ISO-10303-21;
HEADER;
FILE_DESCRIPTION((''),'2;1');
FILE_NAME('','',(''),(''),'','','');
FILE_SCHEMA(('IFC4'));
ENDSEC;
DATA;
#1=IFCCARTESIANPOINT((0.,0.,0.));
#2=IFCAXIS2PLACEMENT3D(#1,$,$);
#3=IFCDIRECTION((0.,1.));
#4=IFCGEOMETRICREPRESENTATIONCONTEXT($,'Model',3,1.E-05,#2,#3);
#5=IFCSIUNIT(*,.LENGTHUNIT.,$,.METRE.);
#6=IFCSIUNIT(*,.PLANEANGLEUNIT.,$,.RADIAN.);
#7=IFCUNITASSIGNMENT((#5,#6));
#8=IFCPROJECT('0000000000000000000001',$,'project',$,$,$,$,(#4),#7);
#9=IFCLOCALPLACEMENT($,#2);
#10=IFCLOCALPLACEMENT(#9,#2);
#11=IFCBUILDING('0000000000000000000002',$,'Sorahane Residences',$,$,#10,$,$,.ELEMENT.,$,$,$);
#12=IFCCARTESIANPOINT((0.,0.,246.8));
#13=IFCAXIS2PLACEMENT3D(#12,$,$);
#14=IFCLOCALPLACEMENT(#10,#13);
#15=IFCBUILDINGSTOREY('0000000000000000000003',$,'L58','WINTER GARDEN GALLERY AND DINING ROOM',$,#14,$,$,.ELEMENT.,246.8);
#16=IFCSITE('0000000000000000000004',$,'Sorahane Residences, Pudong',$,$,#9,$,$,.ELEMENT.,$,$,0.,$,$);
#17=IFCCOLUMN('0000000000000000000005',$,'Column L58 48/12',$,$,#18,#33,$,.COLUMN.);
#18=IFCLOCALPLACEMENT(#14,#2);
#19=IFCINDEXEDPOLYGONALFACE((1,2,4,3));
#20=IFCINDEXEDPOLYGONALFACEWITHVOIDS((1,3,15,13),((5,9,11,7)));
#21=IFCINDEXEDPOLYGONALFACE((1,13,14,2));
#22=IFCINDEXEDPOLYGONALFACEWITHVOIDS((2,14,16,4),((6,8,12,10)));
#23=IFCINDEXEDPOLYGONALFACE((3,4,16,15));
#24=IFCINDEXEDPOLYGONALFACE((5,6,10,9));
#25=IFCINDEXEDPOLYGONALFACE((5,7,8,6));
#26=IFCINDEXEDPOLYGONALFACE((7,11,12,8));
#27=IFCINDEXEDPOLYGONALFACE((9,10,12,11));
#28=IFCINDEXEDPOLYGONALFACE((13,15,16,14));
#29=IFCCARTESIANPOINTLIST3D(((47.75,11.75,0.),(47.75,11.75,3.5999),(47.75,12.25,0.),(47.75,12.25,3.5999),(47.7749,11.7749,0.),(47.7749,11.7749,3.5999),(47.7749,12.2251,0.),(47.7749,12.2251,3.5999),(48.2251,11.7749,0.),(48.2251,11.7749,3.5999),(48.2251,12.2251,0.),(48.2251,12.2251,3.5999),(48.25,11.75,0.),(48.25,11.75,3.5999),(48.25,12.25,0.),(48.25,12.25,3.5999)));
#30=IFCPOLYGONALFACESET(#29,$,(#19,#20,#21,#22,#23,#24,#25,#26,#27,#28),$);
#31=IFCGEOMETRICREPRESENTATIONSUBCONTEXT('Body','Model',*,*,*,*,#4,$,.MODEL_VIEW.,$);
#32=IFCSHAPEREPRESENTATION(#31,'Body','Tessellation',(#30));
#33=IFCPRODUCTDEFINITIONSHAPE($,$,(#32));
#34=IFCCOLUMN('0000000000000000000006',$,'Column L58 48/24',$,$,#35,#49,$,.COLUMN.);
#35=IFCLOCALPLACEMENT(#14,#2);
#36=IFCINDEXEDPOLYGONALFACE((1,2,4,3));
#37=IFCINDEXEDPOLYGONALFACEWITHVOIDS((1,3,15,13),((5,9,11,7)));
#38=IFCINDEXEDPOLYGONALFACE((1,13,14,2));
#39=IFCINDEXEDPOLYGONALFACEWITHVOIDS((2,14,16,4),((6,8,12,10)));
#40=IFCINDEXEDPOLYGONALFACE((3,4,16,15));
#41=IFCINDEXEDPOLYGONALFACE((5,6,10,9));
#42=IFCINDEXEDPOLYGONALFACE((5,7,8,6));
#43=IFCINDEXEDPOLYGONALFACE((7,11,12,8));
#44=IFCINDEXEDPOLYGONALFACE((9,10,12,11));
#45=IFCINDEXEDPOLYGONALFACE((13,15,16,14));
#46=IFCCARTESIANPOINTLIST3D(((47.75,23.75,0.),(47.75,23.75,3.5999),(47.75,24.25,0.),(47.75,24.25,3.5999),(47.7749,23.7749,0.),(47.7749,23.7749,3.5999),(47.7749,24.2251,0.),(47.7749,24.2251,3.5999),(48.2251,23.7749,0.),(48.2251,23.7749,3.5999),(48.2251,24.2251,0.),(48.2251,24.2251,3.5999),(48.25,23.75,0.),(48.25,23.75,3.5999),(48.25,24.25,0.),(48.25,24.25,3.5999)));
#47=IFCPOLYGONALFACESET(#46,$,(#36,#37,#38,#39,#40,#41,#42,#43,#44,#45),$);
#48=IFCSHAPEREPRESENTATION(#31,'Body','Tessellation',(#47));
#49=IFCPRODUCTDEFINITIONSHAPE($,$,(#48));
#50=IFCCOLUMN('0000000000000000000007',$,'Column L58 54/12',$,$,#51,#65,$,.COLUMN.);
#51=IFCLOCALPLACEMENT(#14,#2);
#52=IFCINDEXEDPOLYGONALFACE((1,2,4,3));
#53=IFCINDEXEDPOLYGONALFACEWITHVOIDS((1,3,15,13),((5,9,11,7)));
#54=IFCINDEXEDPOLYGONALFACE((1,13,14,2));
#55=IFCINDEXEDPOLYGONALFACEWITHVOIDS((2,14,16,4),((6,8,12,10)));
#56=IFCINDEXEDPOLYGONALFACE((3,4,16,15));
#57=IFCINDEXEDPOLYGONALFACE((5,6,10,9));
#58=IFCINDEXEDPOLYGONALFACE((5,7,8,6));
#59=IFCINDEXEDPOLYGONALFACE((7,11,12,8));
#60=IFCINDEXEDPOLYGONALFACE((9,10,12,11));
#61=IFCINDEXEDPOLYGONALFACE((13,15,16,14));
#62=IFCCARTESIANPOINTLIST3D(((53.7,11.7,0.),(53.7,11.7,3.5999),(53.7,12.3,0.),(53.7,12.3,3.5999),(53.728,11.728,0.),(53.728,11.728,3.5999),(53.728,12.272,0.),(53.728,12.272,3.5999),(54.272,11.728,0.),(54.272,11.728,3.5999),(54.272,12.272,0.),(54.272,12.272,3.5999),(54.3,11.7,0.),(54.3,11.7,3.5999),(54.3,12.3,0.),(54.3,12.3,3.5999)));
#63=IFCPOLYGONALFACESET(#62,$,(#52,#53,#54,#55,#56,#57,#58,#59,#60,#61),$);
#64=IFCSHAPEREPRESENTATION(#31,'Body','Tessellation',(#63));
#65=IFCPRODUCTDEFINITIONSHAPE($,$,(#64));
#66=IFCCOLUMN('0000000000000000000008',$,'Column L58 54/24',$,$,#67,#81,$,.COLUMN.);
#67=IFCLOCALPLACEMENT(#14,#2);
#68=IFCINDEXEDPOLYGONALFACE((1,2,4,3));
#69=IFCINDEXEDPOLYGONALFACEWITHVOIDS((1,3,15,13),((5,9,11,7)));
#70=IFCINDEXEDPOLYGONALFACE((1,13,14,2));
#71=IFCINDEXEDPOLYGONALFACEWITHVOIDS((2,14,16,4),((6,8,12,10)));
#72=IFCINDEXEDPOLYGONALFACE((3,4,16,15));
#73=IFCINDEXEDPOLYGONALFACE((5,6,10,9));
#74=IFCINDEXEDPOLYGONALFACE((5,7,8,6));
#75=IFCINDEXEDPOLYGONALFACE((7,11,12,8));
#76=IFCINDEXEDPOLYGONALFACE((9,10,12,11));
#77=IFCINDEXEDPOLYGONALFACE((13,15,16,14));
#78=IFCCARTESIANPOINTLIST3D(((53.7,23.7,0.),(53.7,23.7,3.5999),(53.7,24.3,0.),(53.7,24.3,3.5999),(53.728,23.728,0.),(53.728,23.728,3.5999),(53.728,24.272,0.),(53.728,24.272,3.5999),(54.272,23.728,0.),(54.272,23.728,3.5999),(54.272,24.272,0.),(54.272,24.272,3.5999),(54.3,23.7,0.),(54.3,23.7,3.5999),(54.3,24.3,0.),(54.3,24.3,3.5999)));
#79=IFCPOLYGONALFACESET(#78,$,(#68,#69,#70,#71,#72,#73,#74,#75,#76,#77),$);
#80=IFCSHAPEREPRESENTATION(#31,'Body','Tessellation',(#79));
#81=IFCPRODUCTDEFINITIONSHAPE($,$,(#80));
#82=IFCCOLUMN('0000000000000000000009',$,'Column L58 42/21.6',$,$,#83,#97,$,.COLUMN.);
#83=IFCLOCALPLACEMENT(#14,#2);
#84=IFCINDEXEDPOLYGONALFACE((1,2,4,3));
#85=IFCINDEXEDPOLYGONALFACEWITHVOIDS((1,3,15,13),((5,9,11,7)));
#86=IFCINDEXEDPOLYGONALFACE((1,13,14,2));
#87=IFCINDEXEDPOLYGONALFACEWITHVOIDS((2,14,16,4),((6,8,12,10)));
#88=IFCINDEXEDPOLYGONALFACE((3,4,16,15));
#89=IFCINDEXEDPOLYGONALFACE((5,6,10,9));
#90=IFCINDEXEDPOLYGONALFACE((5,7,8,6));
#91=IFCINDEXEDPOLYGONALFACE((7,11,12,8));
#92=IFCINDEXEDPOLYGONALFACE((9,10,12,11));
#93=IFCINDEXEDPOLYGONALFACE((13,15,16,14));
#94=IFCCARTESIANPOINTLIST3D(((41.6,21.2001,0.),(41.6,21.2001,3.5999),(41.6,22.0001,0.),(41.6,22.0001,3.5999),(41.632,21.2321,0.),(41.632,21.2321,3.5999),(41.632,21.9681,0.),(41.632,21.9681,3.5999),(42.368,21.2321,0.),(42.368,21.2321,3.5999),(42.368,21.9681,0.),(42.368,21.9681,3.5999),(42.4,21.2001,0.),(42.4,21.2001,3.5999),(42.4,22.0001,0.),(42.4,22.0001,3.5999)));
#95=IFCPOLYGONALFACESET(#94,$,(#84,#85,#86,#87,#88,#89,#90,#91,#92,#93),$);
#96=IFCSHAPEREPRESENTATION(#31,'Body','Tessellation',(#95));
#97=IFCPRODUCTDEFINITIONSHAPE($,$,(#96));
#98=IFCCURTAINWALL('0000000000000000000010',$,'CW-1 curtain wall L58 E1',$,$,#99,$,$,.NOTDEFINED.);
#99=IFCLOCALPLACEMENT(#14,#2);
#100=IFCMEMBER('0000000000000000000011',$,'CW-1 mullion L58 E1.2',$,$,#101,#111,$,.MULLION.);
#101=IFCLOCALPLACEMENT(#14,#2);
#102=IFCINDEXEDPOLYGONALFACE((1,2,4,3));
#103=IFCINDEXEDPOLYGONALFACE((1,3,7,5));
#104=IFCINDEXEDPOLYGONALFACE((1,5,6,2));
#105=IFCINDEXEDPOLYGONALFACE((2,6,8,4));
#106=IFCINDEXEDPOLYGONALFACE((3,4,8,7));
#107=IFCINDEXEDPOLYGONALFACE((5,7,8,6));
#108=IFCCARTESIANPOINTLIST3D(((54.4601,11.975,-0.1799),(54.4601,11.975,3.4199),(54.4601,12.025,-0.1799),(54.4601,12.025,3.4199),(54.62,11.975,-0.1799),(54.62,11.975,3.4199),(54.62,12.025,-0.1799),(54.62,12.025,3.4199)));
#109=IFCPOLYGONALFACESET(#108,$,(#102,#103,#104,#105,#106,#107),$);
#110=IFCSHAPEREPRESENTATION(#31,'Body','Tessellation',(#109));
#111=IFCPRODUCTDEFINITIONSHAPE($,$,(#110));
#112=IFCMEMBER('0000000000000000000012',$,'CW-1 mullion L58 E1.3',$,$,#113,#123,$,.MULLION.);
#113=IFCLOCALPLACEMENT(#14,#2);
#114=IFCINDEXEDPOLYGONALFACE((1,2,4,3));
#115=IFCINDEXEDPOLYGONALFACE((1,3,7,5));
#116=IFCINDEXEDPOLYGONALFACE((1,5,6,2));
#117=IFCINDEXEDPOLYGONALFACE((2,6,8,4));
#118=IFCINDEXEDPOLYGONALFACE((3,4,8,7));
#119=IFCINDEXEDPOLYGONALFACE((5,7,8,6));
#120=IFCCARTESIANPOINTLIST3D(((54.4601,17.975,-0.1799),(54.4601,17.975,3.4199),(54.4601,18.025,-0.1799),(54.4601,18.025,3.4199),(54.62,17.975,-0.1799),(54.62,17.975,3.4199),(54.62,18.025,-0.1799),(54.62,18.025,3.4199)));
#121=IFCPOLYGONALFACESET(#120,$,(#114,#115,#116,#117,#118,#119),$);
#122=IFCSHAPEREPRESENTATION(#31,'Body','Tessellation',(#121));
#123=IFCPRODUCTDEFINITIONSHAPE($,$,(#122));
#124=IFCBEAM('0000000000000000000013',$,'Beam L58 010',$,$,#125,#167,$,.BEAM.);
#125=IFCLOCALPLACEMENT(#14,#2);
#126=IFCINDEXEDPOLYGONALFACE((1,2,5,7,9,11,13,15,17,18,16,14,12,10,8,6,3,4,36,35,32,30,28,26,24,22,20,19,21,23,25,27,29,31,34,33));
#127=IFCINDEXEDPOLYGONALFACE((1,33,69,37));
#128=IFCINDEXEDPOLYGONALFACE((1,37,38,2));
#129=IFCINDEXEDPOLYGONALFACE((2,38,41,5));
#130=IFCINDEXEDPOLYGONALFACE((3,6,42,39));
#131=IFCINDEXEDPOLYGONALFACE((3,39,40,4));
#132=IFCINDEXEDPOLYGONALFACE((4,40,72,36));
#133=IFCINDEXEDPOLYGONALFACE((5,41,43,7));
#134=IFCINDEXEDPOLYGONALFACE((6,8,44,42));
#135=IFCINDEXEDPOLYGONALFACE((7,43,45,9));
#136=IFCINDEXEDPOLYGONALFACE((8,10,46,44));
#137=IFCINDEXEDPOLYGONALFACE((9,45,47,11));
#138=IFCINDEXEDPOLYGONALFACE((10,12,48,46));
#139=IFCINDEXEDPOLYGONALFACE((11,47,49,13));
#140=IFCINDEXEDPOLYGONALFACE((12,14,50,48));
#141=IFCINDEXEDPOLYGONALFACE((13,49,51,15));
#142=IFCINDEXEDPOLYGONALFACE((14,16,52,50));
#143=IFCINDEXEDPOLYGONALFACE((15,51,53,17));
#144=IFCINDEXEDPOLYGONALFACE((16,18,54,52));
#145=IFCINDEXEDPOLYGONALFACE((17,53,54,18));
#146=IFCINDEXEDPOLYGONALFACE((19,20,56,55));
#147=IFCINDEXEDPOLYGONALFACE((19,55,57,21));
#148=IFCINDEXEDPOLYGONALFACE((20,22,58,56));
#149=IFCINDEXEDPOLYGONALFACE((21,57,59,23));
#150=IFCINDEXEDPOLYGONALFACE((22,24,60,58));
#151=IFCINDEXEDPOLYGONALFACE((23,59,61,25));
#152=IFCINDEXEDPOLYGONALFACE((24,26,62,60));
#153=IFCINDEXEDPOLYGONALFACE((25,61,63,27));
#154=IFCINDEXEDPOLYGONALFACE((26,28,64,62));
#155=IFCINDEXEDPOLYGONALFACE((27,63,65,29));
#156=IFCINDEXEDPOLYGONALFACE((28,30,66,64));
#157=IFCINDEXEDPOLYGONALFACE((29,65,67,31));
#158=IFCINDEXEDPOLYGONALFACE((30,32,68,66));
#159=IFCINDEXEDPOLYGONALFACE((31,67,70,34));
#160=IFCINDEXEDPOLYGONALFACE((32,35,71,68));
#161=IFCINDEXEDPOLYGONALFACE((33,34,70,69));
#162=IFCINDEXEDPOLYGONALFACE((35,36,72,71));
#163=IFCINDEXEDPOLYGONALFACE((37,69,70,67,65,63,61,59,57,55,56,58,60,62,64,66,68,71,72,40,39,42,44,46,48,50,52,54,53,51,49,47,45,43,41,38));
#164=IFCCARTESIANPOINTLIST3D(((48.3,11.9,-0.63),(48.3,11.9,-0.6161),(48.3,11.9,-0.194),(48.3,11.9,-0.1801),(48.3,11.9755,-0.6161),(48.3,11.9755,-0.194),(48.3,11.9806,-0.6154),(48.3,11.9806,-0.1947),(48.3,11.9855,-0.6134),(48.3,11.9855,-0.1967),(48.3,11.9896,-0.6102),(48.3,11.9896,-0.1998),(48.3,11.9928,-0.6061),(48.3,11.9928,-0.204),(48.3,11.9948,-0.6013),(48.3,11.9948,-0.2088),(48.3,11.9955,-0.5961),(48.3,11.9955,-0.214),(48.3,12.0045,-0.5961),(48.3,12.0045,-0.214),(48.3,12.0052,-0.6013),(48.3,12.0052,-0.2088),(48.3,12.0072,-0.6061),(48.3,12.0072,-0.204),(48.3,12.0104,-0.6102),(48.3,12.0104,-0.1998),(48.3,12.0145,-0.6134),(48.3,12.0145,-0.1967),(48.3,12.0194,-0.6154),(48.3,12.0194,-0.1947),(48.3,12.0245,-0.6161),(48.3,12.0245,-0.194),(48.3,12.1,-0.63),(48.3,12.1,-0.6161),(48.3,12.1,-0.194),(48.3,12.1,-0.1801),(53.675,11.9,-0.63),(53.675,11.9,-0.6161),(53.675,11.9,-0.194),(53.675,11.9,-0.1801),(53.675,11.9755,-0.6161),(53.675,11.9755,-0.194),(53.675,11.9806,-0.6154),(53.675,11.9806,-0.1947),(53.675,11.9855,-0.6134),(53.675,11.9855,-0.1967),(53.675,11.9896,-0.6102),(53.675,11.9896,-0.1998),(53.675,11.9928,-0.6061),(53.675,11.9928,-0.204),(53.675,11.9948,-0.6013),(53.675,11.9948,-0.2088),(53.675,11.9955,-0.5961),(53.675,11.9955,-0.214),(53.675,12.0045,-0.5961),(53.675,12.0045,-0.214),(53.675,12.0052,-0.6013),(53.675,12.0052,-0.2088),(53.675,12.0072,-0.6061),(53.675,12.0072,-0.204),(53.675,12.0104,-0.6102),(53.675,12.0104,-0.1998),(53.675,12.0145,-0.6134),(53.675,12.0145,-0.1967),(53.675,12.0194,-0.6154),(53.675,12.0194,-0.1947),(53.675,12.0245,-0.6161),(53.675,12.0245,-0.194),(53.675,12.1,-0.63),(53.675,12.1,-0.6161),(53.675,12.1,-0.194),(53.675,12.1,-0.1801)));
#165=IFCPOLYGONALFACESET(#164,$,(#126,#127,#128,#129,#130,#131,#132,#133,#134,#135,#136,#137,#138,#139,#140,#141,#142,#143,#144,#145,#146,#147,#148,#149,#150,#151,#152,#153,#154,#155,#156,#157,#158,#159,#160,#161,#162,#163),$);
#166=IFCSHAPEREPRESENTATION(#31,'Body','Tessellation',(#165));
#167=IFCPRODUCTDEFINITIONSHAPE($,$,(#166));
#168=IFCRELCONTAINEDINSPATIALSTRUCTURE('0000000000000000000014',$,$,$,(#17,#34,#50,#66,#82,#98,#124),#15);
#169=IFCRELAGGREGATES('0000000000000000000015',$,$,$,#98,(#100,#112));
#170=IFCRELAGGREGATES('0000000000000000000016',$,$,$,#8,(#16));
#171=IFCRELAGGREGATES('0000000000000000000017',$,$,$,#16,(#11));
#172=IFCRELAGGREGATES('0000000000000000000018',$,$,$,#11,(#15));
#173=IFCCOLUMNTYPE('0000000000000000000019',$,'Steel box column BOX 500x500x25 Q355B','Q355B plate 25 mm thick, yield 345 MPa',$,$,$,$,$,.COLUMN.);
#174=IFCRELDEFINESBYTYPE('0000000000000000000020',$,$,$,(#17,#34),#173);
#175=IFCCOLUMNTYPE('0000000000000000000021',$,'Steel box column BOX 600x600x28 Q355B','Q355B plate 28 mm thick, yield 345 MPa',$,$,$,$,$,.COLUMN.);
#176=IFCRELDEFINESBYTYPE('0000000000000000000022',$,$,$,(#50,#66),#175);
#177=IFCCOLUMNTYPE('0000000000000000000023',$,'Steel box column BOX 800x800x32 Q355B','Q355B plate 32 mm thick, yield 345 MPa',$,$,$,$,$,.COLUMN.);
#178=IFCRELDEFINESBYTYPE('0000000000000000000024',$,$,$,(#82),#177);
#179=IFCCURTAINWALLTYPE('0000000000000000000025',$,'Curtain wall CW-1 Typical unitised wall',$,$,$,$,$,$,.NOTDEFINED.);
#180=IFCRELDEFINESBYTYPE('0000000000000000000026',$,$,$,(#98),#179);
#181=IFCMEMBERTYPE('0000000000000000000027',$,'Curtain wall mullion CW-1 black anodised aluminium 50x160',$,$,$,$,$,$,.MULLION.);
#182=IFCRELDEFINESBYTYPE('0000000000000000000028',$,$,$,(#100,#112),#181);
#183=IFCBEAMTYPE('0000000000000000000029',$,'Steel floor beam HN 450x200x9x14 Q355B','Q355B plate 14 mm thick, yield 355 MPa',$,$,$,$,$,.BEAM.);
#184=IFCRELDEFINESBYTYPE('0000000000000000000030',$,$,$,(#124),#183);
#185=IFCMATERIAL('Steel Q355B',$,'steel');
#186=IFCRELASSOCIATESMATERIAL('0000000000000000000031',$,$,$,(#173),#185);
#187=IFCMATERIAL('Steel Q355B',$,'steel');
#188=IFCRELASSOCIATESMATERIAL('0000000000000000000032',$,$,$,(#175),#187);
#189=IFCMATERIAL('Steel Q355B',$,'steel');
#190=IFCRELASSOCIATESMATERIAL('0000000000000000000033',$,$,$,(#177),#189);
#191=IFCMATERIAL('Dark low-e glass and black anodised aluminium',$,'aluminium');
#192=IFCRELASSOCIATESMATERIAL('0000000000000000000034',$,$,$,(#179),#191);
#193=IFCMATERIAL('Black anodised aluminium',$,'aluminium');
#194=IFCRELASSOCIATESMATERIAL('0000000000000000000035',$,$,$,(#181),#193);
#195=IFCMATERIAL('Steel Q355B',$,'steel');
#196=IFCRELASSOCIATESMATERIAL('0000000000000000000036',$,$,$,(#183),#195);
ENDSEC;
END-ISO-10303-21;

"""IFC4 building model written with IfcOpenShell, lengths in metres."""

from ifc_helpers import new_model, si_unit, direction, frame, origin, origin_2d, place, context, subcontext, project, spatial, rectangle, hollow_rectangle, i_section, extrude, material, material_profile, profile_set, type_object, element, aggregate, save


model = new_model("IFC4")

# Units and contexts
model_context = context("Model", 3, precision=1e-05, world=origin(), true_north=direction((0.0, 1.0)))
body_context = subcontext(model_context, "Body", "Model", "MODEL_VIEW")
ifc_project = project(units=[si_unit("LENGTHUNIT", "METRE"), si_unit("PLANEANGLEUNIT", "RADIAN")], contexts=[model_context])

# Site, building, storey
site_placement = place(None, origin())
site = spatial("IfcSite", under=ifc_project, at=site_placement, Name="Sorahane Residences, Pudong", CompositionType="ELEMENT", RefElevation=0.0)
building_placement = place(site_placement, origin())
building = spatial("IfcBuilding", under=site, at=building_placement, Name="Sorahane Residences", CompositionType="ELEMENT")
storey_placement = place(building_placement, frame((0.0, 0.0, 246.8)))
storey = spatial("IfcBuildingStorey", under=building, at=storey_placement, Name="L58", Description="WINTER GARDEN GALLERY AND DINING ROOM", CompositionType="ELEMENT", Elevation=246.8)

# Columns
ifc_material_1 = material(Name="Steel Q355B", Category="steel")
ifc_material_profile_1 = material_profile(ifc_material_1, hollow_rectangle(XDim=0.5, YDim=0.5, WallThickness=0.0249, at=origin_2d()), Name="BOX 500x500x25")
ifc_profile_set_1 = profile_set([ifc_material_profile_1], Name="Steel Q355B")
column_type_1 = type_object("IfcColumnType", Name="Steel box column BOX 500x500x25 Q355B", Description="Q355B plate 25 mm thick, yield 345 MPa", PredefinedType="COLUMN", material=ifc_profile_set_1)
for number, where, z_axis, x_axis, name in (
    (1, (48.0, 12.0, 0.0), (0.0, 0.0, 1.0), (1.0, 0.0, 0.0), "Column L58 48/12"),
    (2, (48.0, 24.0, 0.0), (0.0, 0.0, 1.0), (1.0, 0.0, 0.0), "Column L58 48/24"),
):
    element("IfcColumn", number, at=place(storey_placement, frame(where, z_axis=z_axis, x_axis=x_axis)), inside=storey, type_object=column_type_1, Name=name, PredefinedType="COLUMN", context=body_context, shape_type="SweptSolid", body=[
        extrude(hollow_rectangle(XDim=0.5, YDim=0.5, WallThickness=0.0249, at=origin_2d()), origin(), (0.0, 0.0, 1.0), 3.5999),
    ])
ifc_material_2 = material(Name="Steel Q355B", Category="steel")
ifc_material_profile_2 = material_profile(ifc_material_2, hollow_rectangle(XDim=0.6001, YDim=0.6001, WallThickness=0.0281, at=origin_2d()), Name="BOX 600x600x28")
ifc_profile_set_2 = profile_set([ifc_material_profile_2], Name="Steel Q355B")
column_type_2 = type_object("IfcColumnType", Name="Steel box column BOX 600x600x28 Q355B", Description="Q355B plate 28 mm thick, yield 345 MPa", PredefinedType="COLUMN", material=ifc_profile_set_2)
for number, where, z_axis, x_axis, name in (
    (3, (54.0, 12.0, 0.0), (0.0, 0.0, 1.0), (1.0, 0.0, 0.0), "Column L58 54/12"),
    (4, (54.0, 24.0, 0.0), (0.0, 0.0, 1.0), (1.0, 0.0, 0.0), "Column L58 54/24"),
):
    element("IfcColumn", number, at=place(storey_placement, frame(where, z_axis=z_axis, x_axis=x_axis)), inside=storey, type_object=column_type_2, Name=name, PredefinedType="COLUMN", context=body_context, shape_type="SweptSolid", body=[
        extrude(hollow_rectangle(XDim=0.6001, YDim=0.6001, WallThickness=0.0281, at=origin_2d()), origin(), (0.0, 0.0, 1.0), 3.5999),
    ])
ifc_material_3 = material(Name="Steel Q355B", Category="steel")
ifc_material_profile_3 = material_profile(ifc_material_3, hollow_rectangle(XDim=0.8, YDim=0.8, WallThickness=0.032, at=origin_2d()), Name="BOX 800x800x32")
ifc_profile_set_3 = profile_set([ifc_material_profile_3], Name="Steel Q355B")
column_type_3 = type_object("IfcColumnType", Name="Steel box column BOX 800x800x32 Q355B", Description="Q355B plate 32 mm thick, yield 345 MPa", PredefinedType="COLUMN", material=ifc_profile_set_3)
column_placement = place(storey_placement, frame((42.0, 21.6001, 0.0), z_axis=(0.0, 0.0, 1.0), x_axis=(1.0, 0.0, 0.0)))
element("IfcColumn", 5, at=column_placement, inside=storey, type_object=column_type_3, Name="Column L58 42/21.6", PredefinedType="COLUMN", context=body_context, shape_type="SweptSolid", body=[
    extrude(hollow_rectangle(XDim=0.8, YDim=0.8, WallThickness=0.032, at=origin_2d()), origin(), (0.0, 0.0, 1.0), 3.5999),
])

# Curtain wall, members
ifc_material_4 = material(Name="Dark low-e glass and black anodised aluminium", Category="aluminium")
curtain_wall_type = type_object("IfcCurtainWallType", Name="Curtain wall CW-1 Typical unitised wall", PredefinedType="NOTDEFINED", material=ifc_material_4)
curtain_wall_placement = place(storey_placement, origin())
curtain_wall = element("IfcCurtainWall", 6, at=curtain_wall_placement, inside=storey, type_object=curtain_wall_type, Name="CW-1 curtain wall L58 E1", PredefinedType="NOTDEFINED")
ifc_material_5 = material(Name="Black anodised aluminium", Category="aluminium")
ifc_material_profile_4 = material_profile(ifc_material_5, rectangle(XDim=0.1599, YDim=0.05, at=origin_2d()), Name="Curtain wall mullion CW-1 black anodised aluminium 50x160")
ifc_profile_set_4 = profile_set([ifc_material_profile_4], Name="Black anodised aluminium")
member_type = type_object("IfcMemberType", Name="Curtain wall mullion CW-1 black anodised aluminium 50x160", PredefinedType="MULLION", material=ifc_profile_set_4)
member_1_placement = place(storey_placement, frame((54.54, 12.0, -0.1799), z_axis=(0.0, 0.0, 1.0), x_axis=(1.0, 0.0, 0.0)))
member_1 = element("IfcMember", 7, at=member_1_placement, type_object=member_type, Name="CW-1 mullion L58 E1.2", PredefinedType="MULLION", context=body_context, shape_type="SweptSolid", body=[
    extrude(rectangle(XDim=0.1599, YDim=0.05, at=origin_2d()), origin(), (0.0, 0.0, 1.0), 3.5999),
])
member_2_placement = place(storey_placement, frame((54.54, 18.0, -0.1799), z_axis=(0.0, 0.0, 1.0), x_axis=(1.0, 0.0, 0.0)))
member_2 = element("IfcMember", 8, at=member_2_placement, type_object=member_type, Name="CW-1 mullion L58 E1.3", PredefinedType="MULLION", context=body_context, shape_type="SweptSolid", body=[
    extrude(rectangle(XDim=0.1599, YDim=0.05, at=origin_2d()), origin(), (0.0, 0.0, 1.0), 3.5999),
])

# Beam
ifc_material_6 = material(Name="Steel Q355B", Category="steel")
ifc_material_profile_5 = material_profile(ifc_material_6, i_section(OverallWidth=0.2, OverallDepth=0.45, WebThickness=0.009, FlangeThickness=0.0139, FilletRadius=0.02, at=origin_2d()), Name="HN 450x200x9x14")
ifc_profile_set_5 = profile_set([ifc_material_profile_5], Name="Steel Q355B")
beam_type_1 = type_object("IfcBeamType", Name="Steel floor beam HN 450x200x9x14 Q355B", Description="Q355B plate 14 mm thick, yield 355 MPa", PredefinedType="BEAM", material=ifc_profile_set_5)
for number, where, z_axis, x_axis, name in (
    (9, (48.3, 12.0, -0.405), (1.0, 0.0, 0.0), (0.0, 1.0, 0.0), "Beam L58 010"),
):
    element("IfcBeam", number, at=place(storey_placement, frame(where, z_axis=z_axis, x_axis=x_axis)), inside=storey, type_object=beam_type_1, Name=name, PredefinedType="BEAM", context=body_context, shape_type="SweptSolid", body=[
        extrude(i_section(OverallWidth=0.2, OverallDepth=0.45, WebThickness=0.009, FlangeThickness=0.0139, FilletRadius=0.02, at=origin_2d()), origin(), (0.0, 0.0, 1.0), 5.375),
    ])

aggregate(curtain_wall, [member_1, member_2])

save(model, "model.ifc")
